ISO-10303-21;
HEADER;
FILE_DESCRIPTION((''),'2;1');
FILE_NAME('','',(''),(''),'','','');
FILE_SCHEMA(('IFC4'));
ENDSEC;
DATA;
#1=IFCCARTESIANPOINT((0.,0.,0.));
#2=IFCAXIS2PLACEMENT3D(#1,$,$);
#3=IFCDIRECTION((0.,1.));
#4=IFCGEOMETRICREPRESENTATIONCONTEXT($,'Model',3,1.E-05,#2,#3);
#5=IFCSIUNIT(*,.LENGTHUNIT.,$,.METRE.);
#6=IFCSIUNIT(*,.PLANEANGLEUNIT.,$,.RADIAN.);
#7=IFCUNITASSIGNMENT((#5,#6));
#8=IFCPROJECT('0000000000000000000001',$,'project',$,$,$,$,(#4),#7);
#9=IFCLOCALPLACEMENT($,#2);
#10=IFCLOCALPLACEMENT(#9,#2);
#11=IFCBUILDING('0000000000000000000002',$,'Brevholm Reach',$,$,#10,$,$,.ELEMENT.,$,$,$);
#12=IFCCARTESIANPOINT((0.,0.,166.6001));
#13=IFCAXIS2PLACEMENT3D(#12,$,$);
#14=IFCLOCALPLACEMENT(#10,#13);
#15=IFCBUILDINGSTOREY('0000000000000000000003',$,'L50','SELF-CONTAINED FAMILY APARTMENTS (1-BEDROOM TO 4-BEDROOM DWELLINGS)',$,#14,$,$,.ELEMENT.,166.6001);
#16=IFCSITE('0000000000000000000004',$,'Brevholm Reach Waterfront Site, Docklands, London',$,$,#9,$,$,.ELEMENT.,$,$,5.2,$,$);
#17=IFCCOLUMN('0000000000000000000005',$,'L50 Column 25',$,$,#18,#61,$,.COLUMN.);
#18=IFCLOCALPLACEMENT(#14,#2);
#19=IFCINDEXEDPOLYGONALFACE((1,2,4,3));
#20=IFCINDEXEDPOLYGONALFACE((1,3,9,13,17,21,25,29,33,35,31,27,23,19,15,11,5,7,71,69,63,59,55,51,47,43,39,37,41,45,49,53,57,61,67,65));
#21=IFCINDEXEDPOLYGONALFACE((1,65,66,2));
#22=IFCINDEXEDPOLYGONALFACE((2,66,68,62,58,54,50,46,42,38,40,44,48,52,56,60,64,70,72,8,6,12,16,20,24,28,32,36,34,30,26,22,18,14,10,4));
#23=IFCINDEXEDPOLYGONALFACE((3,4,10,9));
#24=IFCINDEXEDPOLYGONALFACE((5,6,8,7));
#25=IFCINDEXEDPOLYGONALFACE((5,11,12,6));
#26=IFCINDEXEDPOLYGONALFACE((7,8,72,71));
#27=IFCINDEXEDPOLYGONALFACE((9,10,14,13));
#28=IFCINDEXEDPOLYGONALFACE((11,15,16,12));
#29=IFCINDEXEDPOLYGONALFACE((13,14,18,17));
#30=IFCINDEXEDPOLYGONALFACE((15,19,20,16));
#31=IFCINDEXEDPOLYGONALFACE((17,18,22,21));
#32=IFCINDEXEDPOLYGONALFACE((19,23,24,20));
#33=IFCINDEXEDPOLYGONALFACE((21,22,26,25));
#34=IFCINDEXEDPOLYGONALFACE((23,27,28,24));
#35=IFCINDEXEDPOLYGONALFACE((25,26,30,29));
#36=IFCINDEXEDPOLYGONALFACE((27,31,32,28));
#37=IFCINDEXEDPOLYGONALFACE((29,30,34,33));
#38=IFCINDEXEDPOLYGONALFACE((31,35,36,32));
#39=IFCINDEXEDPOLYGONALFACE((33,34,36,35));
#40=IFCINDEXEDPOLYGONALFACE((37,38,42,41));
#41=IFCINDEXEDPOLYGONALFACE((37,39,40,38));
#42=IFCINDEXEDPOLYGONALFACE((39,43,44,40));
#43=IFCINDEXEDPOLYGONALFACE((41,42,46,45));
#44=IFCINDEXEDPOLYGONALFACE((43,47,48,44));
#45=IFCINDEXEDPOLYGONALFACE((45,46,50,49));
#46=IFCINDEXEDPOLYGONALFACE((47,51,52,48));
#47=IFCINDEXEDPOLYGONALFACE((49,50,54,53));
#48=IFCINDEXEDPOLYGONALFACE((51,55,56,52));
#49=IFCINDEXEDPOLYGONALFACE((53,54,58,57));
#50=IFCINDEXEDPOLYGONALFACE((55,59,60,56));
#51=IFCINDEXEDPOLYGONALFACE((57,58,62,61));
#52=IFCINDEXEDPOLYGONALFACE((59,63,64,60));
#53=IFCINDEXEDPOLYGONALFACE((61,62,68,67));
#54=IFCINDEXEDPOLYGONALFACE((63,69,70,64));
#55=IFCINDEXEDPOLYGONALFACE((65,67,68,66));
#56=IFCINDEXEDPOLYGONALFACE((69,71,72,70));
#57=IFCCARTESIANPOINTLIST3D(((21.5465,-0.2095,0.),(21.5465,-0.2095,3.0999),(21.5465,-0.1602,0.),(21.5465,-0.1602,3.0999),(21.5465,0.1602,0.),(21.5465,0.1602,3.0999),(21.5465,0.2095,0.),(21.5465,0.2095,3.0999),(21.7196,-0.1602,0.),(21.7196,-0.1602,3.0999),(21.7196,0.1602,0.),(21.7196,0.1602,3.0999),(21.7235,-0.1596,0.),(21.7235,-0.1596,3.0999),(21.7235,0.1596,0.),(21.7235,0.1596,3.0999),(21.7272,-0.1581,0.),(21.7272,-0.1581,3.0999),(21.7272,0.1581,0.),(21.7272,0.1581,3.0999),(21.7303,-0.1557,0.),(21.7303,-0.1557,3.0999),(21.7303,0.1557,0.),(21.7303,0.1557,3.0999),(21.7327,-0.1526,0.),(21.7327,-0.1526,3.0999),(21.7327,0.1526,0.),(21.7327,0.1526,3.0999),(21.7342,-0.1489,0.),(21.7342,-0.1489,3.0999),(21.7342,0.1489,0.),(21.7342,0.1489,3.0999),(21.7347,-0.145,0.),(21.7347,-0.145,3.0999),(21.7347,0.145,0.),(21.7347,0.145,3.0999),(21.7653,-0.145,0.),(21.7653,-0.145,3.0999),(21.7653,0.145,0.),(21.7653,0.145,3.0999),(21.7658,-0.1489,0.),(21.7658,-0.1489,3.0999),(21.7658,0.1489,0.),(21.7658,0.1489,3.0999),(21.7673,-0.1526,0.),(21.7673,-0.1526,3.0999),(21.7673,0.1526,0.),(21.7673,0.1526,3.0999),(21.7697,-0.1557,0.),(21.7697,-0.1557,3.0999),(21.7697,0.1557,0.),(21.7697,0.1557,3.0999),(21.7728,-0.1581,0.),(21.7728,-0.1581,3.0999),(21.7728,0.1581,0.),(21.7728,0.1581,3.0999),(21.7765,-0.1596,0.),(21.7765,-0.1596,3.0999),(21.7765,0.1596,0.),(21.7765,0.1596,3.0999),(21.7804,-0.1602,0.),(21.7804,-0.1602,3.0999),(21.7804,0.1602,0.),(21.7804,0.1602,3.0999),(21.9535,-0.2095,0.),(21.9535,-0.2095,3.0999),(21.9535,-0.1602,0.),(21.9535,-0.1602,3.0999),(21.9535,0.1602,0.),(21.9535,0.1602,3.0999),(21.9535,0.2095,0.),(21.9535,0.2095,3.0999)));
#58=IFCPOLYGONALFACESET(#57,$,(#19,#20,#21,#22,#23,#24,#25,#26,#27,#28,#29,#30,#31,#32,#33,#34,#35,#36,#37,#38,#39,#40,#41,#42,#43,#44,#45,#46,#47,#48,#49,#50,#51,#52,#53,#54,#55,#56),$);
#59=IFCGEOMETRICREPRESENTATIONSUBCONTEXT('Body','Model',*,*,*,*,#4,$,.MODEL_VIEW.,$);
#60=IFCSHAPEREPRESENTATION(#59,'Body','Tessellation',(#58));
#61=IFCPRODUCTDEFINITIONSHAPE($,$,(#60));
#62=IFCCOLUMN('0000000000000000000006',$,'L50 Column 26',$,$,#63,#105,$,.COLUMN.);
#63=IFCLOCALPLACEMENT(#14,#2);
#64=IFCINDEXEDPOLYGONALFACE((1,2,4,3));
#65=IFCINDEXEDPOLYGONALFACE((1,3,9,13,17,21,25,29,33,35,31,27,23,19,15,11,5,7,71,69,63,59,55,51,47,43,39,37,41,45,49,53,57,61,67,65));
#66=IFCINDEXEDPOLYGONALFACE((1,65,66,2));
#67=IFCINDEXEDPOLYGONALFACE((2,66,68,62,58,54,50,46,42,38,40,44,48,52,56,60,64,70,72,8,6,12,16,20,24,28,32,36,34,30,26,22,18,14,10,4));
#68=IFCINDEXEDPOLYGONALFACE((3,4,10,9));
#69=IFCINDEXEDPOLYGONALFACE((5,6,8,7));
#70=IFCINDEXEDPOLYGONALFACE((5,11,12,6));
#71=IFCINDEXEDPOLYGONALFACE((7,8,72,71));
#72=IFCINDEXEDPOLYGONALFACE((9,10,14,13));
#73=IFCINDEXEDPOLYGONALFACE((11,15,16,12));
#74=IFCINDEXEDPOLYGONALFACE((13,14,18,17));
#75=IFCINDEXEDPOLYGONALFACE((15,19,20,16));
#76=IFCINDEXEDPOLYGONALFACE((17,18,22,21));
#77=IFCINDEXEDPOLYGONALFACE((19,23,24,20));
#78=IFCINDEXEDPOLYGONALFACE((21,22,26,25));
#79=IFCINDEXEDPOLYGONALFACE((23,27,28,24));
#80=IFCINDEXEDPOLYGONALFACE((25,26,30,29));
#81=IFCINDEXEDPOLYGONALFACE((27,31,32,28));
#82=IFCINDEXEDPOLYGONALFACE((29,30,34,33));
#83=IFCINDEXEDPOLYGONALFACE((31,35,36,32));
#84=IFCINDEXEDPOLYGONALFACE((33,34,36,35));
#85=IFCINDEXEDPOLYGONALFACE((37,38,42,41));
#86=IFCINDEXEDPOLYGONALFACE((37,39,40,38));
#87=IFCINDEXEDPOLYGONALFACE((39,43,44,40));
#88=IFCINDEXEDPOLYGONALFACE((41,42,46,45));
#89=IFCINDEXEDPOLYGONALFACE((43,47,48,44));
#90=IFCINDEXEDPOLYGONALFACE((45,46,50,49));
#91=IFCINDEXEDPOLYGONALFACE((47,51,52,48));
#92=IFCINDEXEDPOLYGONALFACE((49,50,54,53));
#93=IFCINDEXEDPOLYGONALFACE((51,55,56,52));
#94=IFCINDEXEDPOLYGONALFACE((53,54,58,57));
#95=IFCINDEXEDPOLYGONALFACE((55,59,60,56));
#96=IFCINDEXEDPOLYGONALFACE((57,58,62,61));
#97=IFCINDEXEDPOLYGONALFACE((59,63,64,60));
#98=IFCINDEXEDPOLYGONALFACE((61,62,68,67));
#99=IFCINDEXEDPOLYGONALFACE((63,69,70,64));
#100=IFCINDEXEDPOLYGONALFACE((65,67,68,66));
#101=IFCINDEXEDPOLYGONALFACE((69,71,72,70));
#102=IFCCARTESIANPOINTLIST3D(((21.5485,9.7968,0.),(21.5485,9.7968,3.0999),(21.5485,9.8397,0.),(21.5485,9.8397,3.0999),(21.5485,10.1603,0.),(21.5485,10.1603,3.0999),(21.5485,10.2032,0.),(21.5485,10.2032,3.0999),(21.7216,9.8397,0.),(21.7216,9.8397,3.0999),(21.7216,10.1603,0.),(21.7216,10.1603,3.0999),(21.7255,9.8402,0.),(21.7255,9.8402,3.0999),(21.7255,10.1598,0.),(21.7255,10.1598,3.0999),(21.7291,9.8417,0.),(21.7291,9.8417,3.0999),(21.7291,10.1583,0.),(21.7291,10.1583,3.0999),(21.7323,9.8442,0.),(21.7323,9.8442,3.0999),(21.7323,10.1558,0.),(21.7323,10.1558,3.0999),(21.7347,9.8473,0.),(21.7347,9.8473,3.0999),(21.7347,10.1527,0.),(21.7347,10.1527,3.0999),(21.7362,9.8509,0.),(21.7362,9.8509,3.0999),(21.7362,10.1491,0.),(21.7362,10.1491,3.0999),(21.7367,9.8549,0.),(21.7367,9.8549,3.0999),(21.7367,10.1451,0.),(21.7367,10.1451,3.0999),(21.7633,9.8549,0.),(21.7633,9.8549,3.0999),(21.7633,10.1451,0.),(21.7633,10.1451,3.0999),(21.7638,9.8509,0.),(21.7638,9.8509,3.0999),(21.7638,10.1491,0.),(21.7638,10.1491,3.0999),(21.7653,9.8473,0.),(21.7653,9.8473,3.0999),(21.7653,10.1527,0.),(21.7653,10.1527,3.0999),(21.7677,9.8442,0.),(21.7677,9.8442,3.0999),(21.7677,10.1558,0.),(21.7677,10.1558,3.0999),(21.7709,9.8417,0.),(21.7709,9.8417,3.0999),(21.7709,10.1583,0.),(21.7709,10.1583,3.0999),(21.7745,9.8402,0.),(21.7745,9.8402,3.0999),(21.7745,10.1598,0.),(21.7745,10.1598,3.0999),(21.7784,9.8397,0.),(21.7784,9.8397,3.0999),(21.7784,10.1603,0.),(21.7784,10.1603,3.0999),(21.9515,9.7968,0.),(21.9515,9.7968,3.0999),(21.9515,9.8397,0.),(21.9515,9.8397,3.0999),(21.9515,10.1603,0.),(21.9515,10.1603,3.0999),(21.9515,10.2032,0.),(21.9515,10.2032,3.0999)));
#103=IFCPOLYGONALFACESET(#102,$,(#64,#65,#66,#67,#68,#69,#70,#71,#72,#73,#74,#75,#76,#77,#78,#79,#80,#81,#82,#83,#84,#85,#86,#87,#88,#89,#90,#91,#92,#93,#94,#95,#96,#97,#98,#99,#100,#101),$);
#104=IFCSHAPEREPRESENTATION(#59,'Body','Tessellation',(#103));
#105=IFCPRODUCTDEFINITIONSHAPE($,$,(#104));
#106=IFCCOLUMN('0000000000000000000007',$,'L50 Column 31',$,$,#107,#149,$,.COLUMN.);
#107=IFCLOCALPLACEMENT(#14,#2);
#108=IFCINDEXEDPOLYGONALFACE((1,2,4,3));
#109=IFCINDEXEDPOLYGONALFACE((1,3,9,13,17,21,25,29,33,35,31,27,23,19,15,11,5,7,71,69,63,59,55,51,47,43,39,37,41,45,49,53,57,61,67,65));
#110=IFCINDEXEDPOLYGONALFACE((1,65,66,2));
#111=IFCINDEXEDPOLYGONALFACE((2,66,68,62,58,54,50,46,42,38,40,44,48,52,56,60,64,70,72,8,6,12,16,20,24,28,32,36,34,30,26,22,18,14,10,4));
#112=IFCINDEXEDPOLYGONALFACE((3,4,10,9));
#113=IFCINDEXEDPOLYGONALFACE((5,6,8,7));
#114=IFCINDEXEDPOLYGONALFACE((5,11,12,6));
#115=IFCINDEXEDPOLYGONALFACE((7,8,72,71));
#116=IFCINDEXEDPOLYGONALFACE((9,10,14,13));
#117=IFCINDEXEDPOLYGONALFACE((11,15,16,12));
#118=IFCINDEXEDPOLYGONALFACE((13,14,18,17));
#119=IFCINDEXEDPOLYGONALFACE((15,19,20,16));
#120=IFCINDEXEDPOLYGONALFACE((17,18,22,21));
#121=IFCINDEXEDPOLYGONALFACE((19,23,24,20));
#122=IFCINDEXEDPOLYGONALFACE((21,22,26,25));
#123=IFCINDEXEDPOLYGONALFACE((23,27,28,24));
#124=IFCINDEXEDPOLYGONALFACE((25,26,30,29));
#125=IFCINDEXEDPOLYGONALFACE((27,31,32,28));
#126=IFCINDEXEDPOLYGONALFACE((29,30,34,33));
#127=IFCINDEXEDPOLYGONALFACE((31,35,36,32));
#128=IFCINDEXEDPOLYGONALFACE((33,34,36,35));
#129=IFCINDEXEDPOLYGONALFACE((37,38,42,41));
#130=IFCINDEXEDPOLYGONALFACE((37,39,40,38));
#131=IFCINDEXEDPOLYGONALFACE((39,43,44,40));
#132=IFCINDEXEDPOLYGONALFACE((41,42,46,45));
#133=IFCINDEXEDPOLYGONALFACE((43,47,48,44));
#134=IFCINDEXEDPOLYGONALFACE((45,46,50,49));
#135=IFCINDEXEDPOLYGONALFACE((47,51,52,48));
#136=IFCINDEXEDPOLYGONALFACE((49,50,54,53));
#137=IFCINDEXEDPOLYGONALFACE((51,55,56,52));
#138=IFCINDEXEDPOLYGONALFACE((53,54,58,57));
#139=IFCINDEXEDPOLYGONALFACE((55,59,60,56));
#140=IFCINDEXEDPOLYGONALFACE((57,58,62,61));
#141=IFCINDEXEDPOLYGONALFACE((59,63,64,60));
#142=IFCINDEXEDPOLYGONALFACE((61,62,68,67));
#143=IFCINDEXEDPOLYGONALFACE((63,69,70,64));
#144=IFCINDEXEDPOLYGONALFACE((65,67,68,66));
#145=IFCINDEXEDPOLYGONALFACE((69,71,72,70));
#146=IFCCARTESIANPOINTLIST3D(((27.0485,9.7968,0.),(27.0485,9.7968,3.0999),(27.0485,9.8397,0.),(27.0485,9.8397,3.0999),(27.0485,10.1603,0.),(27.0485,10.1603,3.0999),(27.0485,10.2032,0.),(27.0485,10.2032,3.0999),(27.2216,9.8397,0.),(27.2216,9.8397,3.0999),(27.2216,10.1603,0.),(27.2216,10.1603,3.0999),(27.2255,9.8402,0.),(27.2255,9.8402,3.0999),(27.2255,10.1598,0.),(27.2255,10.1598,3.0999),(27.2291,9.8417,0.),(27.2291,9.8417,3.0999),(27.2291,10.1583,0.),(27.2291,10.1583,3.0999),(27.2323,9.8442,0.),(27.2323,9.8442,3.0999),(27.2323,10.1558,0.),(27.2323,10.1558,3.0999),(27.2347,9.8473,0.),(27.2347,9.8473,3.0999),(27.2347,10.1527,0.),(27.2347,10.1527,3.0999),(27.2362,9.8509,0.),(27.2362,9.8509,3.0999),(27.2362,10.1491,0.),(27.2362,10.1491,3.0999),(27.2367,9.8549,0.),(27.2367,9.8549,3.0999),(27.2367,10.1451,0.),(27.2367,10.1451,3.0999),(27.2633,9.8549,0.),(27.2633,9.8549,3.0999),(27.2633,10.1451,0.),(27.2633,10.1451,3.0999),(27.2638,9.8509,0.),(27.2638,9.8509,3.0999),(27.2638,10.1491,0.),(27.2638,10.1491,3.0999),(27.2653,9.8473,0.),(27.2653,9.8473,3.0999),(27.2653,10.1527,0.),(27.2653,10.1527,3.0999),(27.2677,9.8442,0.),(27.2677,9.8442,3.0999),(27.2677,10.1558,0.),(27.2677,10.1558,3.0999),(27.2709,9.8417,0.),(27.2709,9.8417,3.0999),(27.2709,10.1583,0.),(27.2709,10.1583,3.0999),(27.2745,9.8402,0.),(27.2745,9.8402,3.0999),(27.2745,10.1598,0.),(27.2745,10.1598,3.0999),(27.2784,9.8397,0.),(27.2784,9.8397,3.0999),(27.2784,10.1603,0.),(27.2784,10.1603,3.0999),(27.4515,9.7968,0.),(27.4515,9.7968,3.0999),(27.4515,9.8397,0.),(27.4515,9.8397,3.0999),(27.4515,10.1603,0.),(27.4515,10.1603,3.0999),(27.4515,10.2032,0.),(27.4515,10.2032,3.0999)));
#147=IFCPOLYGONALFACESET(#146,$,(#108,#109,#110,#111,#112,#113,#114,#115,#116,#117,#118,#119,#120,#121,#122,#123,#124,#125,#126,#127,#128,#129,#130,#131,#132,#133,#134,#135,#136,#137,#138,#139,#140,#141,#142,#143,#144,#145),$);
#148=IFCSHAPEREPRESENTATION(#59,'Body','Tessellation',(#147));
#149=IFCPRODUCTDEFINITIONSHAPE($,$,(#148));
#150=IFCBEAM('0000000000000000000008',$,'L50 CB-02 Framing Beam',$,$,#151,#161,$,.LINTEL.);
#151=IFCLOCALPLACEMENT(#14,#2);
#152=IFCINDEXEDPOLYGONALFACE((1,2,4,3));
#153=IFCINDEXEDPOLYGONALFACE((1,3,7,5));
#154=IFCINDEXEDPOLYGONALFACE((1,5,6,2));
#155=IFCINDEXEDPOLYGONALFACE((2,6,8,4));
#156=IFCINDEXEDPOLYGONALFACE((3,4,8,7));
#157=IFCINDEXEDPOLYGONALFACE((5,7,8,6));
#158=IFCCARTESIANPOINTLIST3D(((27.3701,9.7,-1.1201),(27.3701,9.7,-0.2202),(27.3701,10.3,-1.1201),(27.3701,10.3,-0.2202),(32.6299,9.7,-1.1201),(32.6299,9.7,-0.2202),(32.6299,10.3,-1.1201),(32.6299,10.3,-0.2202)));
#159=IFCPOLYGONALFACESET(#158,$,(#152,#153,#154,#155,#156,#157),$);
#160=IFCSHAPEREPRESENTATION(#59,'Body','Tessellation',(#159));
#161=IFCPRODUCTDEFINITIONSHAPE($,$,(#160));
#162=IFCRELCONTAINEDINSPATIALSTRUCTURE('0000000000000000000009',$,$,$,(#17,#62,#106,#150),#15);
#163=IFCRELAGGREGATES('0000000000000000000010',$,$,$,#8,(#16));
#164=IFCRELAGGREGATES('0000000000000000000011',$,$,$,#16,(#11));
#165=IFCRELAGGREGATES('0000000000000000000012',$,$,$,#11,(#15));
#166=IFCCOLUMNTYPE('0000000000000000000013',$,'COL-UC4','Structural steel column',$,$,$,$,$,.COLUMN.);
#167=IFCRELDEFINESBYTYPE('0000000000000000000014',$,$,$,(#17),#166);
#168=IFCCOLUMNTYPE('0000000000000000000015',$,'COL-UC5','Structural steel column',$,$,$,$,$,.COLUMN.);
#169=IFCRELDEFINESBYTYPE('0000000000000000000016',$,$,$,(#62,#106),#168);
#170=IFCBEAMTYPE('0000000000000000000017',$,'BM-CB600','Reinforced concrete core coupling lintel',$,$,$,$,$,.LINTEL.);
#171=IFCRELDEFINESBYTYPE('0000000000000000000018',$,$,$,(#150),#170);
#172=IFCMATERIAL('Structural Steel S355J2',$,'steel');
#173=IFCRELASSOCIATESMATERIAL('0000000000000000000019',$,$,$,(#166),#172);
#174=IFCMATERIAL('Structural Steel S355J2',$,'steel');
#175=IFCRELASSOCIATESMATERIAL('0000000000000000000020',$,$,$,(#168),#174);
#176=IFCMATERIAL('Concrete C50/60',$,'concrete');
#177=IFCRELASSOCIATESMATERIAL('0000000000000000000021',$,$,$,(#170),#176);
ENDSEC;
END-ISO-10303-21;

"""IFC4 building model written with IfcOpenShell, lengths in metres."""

from ifc_helpers import new_model, si_unit, direction, frame, origin, origin_2d, place, context, subcontext, project, spatial, rectangle, i_section, extrude, material, material_profile, profile_set, type_object, element, save


model = new_model("IFC4")

# Units and contexts
model_context = context("Model", 3, precision=1e-05, world=origin(), true_north=direction((0.0, 1.0)))
body_context = subcontext(model_context, "Body", "Model", "MODEL_VIEW")
ifc_project = project(units=[si_unit("LENGTHUNIT", "METRE"), si_unit("PLANEANGLEUNIT", "RADIAN")], contexts=[model_context])

# Site, building, storey
site_placement = place(None, origin())
site = spatial("IfcSite", under=ifc_project, at=site_placement, Name="Brevholm Reach Waterfront Site, Docklands, London", CompositionType="ELEMENT", RefElevation=5.2)
building_placement = place(site_placement, origin())
building = spatial("IfcBuilding", under=site, at=building_placement, Name="Brevholm Reach", CompositionType="ELEMENT")
storey_placement = place(building_placement, frame((0.0, 0.0, 166.6001)))
storey = spatial("IfcBuildingStorey", under=building, at=storey_placement, Name="L50", Description="SELF-CONTAINED FAMILY APARTMENTS (1-BEDROOM TO 4-BEDROOM DWELLINGS)", CompositionType="ELEMENT", Elevation=166.6001)

# Columns
ifc_material_1 = material(Name="Structural Steel S355J2", Category="steel")
ifc_material_profile_1 = material_profile(ifc_material_1, i_section(OverallWidth=0.407, OverallDepth=0.4189, WebThickness=0.0305, FlangeThickness=0.0493, FilletRadius=0.0151, at=origin_2d()), Name="UKC 356x406x393")
ifc_profile_set_1 = profile_set([ifc_material_profile_1], Name="Structural Steel S355J2")
column_type_1 = type_object("IfcColumnType", Name="COL-UC4", Description="Structural steel column", PredefinedType="COLUMN", material=ifc_profile_set_1)
column_placement = place(storey_placement, frame((21.75, 0.0, 0.0), z_axis=(0.0, 0.0, 1.0), x_axis=(1.0, 0.0, 0.0)))
element("IfcColumn", 1, at=column_placement, inside=storey, type_object=column_type_1, Name="L50 Column 25", PredefinedType="COLUMN", context=body_context, shape_type="SweptSolid", body=[
    extrude(i_section(OverallWidth=0.407, OverallDepth=0.4189, WebThickness=0.0305, FlangeThickness=0.0493, FilletRadius=0.0151, at=origin_2d()), origin(), (0.0, 0.0, 1.0), 3.0999),
])
ifc_material_2 = material(Name="Structural Steel S355J2", Category="steel")
ifc_material_profile_2 = material_profile(ifc_material_2, i_section(OverallWidth=0.4031, OverallDepth=0.4065, WebThickness=0.0266, FlangeThickness=0.043, FilletRadius=0.0151, at=origin_2d()), Name="UKC 356x406x340")
ifc_profile_set_2 = profile_set([ifc_material_profile_2], Name="Structural Steel S355J2")
column_type_2 = type_object("IfcColumnType", Name="COL-UC5", Description="Structural steel column", PredefinedType="COLUMN", material=ifc_profile_set_2)
for number, where, z_axis, x_axis, name in (
    (2, (21.75, 10.0, 0.0), (0.0, 0.0, 1.0), (1.0, 0.0, 0.0), "L50 Column 26"),
    (3, (27.25, 10.0, 0.0), (0.0, 0.0, 1.0), (1.0, 0.0, 0.0), "L50 Column 31"),
):
    element("IfcColumn", number, at=place(storey_placement, frame(where, z_axis=z_axis, x_axis=x_axis)), inside=storey, type_object=column_type_2, Name=name, PredefinedType="COLUMN", context=body_context, shape_type="SweptSolid", body=[
        extrude(i_section(OverallWidth=0.4031, OverallDepth=0.4065, WebThickness=0.0266, FlangeThickness=0.043, FilletRadius=0.0151, at=origin_2d()), origin(), (0.0, 0.0, 1.0), 3.0999),
    ])

# Beam
ifc_material_3 = material(Name="Concrete C50/60", Category="concrete")
ifc_material_profile_3 = material_profile(ifc_material_3, rectangle(XDim=0.6001, YDim=0.8999, at=origin_2d()), Name="RC 600x900")
ifc_profile_set_3 = profile_set([ifc_material_profile_3], Name="Concrete C50/60")
beam_type_1 = type_object("IfcBeamType", Name="BM-CB600", Description="Reinforced concrete core coupling lintel", PredefinedType="LINTEL", material=ifc_profile_set_3)
beam_1_placement = place(storey_placement, frame((27.3701, 10.0, -0.6702), z_axis=(1.0, 0.0, 0.0), x_axis=(0.0, 1.0, 0.0)))
element("IfcBeam", 4, at=beam_1_placement, inside=storey, type_object=beam_type_1, Name="L50 CB-02 Framing Beam", PredefinedType="LINTEL", context=body_context, shape_type="SweptSolid", body=[
    extrude(rectangle(XDim=0.6001, YDim=0.8999, at=origin_2d()), origin(), (0.0, 0.0, 1.0), 5.2598),
])

save(model, "model.ifc")
